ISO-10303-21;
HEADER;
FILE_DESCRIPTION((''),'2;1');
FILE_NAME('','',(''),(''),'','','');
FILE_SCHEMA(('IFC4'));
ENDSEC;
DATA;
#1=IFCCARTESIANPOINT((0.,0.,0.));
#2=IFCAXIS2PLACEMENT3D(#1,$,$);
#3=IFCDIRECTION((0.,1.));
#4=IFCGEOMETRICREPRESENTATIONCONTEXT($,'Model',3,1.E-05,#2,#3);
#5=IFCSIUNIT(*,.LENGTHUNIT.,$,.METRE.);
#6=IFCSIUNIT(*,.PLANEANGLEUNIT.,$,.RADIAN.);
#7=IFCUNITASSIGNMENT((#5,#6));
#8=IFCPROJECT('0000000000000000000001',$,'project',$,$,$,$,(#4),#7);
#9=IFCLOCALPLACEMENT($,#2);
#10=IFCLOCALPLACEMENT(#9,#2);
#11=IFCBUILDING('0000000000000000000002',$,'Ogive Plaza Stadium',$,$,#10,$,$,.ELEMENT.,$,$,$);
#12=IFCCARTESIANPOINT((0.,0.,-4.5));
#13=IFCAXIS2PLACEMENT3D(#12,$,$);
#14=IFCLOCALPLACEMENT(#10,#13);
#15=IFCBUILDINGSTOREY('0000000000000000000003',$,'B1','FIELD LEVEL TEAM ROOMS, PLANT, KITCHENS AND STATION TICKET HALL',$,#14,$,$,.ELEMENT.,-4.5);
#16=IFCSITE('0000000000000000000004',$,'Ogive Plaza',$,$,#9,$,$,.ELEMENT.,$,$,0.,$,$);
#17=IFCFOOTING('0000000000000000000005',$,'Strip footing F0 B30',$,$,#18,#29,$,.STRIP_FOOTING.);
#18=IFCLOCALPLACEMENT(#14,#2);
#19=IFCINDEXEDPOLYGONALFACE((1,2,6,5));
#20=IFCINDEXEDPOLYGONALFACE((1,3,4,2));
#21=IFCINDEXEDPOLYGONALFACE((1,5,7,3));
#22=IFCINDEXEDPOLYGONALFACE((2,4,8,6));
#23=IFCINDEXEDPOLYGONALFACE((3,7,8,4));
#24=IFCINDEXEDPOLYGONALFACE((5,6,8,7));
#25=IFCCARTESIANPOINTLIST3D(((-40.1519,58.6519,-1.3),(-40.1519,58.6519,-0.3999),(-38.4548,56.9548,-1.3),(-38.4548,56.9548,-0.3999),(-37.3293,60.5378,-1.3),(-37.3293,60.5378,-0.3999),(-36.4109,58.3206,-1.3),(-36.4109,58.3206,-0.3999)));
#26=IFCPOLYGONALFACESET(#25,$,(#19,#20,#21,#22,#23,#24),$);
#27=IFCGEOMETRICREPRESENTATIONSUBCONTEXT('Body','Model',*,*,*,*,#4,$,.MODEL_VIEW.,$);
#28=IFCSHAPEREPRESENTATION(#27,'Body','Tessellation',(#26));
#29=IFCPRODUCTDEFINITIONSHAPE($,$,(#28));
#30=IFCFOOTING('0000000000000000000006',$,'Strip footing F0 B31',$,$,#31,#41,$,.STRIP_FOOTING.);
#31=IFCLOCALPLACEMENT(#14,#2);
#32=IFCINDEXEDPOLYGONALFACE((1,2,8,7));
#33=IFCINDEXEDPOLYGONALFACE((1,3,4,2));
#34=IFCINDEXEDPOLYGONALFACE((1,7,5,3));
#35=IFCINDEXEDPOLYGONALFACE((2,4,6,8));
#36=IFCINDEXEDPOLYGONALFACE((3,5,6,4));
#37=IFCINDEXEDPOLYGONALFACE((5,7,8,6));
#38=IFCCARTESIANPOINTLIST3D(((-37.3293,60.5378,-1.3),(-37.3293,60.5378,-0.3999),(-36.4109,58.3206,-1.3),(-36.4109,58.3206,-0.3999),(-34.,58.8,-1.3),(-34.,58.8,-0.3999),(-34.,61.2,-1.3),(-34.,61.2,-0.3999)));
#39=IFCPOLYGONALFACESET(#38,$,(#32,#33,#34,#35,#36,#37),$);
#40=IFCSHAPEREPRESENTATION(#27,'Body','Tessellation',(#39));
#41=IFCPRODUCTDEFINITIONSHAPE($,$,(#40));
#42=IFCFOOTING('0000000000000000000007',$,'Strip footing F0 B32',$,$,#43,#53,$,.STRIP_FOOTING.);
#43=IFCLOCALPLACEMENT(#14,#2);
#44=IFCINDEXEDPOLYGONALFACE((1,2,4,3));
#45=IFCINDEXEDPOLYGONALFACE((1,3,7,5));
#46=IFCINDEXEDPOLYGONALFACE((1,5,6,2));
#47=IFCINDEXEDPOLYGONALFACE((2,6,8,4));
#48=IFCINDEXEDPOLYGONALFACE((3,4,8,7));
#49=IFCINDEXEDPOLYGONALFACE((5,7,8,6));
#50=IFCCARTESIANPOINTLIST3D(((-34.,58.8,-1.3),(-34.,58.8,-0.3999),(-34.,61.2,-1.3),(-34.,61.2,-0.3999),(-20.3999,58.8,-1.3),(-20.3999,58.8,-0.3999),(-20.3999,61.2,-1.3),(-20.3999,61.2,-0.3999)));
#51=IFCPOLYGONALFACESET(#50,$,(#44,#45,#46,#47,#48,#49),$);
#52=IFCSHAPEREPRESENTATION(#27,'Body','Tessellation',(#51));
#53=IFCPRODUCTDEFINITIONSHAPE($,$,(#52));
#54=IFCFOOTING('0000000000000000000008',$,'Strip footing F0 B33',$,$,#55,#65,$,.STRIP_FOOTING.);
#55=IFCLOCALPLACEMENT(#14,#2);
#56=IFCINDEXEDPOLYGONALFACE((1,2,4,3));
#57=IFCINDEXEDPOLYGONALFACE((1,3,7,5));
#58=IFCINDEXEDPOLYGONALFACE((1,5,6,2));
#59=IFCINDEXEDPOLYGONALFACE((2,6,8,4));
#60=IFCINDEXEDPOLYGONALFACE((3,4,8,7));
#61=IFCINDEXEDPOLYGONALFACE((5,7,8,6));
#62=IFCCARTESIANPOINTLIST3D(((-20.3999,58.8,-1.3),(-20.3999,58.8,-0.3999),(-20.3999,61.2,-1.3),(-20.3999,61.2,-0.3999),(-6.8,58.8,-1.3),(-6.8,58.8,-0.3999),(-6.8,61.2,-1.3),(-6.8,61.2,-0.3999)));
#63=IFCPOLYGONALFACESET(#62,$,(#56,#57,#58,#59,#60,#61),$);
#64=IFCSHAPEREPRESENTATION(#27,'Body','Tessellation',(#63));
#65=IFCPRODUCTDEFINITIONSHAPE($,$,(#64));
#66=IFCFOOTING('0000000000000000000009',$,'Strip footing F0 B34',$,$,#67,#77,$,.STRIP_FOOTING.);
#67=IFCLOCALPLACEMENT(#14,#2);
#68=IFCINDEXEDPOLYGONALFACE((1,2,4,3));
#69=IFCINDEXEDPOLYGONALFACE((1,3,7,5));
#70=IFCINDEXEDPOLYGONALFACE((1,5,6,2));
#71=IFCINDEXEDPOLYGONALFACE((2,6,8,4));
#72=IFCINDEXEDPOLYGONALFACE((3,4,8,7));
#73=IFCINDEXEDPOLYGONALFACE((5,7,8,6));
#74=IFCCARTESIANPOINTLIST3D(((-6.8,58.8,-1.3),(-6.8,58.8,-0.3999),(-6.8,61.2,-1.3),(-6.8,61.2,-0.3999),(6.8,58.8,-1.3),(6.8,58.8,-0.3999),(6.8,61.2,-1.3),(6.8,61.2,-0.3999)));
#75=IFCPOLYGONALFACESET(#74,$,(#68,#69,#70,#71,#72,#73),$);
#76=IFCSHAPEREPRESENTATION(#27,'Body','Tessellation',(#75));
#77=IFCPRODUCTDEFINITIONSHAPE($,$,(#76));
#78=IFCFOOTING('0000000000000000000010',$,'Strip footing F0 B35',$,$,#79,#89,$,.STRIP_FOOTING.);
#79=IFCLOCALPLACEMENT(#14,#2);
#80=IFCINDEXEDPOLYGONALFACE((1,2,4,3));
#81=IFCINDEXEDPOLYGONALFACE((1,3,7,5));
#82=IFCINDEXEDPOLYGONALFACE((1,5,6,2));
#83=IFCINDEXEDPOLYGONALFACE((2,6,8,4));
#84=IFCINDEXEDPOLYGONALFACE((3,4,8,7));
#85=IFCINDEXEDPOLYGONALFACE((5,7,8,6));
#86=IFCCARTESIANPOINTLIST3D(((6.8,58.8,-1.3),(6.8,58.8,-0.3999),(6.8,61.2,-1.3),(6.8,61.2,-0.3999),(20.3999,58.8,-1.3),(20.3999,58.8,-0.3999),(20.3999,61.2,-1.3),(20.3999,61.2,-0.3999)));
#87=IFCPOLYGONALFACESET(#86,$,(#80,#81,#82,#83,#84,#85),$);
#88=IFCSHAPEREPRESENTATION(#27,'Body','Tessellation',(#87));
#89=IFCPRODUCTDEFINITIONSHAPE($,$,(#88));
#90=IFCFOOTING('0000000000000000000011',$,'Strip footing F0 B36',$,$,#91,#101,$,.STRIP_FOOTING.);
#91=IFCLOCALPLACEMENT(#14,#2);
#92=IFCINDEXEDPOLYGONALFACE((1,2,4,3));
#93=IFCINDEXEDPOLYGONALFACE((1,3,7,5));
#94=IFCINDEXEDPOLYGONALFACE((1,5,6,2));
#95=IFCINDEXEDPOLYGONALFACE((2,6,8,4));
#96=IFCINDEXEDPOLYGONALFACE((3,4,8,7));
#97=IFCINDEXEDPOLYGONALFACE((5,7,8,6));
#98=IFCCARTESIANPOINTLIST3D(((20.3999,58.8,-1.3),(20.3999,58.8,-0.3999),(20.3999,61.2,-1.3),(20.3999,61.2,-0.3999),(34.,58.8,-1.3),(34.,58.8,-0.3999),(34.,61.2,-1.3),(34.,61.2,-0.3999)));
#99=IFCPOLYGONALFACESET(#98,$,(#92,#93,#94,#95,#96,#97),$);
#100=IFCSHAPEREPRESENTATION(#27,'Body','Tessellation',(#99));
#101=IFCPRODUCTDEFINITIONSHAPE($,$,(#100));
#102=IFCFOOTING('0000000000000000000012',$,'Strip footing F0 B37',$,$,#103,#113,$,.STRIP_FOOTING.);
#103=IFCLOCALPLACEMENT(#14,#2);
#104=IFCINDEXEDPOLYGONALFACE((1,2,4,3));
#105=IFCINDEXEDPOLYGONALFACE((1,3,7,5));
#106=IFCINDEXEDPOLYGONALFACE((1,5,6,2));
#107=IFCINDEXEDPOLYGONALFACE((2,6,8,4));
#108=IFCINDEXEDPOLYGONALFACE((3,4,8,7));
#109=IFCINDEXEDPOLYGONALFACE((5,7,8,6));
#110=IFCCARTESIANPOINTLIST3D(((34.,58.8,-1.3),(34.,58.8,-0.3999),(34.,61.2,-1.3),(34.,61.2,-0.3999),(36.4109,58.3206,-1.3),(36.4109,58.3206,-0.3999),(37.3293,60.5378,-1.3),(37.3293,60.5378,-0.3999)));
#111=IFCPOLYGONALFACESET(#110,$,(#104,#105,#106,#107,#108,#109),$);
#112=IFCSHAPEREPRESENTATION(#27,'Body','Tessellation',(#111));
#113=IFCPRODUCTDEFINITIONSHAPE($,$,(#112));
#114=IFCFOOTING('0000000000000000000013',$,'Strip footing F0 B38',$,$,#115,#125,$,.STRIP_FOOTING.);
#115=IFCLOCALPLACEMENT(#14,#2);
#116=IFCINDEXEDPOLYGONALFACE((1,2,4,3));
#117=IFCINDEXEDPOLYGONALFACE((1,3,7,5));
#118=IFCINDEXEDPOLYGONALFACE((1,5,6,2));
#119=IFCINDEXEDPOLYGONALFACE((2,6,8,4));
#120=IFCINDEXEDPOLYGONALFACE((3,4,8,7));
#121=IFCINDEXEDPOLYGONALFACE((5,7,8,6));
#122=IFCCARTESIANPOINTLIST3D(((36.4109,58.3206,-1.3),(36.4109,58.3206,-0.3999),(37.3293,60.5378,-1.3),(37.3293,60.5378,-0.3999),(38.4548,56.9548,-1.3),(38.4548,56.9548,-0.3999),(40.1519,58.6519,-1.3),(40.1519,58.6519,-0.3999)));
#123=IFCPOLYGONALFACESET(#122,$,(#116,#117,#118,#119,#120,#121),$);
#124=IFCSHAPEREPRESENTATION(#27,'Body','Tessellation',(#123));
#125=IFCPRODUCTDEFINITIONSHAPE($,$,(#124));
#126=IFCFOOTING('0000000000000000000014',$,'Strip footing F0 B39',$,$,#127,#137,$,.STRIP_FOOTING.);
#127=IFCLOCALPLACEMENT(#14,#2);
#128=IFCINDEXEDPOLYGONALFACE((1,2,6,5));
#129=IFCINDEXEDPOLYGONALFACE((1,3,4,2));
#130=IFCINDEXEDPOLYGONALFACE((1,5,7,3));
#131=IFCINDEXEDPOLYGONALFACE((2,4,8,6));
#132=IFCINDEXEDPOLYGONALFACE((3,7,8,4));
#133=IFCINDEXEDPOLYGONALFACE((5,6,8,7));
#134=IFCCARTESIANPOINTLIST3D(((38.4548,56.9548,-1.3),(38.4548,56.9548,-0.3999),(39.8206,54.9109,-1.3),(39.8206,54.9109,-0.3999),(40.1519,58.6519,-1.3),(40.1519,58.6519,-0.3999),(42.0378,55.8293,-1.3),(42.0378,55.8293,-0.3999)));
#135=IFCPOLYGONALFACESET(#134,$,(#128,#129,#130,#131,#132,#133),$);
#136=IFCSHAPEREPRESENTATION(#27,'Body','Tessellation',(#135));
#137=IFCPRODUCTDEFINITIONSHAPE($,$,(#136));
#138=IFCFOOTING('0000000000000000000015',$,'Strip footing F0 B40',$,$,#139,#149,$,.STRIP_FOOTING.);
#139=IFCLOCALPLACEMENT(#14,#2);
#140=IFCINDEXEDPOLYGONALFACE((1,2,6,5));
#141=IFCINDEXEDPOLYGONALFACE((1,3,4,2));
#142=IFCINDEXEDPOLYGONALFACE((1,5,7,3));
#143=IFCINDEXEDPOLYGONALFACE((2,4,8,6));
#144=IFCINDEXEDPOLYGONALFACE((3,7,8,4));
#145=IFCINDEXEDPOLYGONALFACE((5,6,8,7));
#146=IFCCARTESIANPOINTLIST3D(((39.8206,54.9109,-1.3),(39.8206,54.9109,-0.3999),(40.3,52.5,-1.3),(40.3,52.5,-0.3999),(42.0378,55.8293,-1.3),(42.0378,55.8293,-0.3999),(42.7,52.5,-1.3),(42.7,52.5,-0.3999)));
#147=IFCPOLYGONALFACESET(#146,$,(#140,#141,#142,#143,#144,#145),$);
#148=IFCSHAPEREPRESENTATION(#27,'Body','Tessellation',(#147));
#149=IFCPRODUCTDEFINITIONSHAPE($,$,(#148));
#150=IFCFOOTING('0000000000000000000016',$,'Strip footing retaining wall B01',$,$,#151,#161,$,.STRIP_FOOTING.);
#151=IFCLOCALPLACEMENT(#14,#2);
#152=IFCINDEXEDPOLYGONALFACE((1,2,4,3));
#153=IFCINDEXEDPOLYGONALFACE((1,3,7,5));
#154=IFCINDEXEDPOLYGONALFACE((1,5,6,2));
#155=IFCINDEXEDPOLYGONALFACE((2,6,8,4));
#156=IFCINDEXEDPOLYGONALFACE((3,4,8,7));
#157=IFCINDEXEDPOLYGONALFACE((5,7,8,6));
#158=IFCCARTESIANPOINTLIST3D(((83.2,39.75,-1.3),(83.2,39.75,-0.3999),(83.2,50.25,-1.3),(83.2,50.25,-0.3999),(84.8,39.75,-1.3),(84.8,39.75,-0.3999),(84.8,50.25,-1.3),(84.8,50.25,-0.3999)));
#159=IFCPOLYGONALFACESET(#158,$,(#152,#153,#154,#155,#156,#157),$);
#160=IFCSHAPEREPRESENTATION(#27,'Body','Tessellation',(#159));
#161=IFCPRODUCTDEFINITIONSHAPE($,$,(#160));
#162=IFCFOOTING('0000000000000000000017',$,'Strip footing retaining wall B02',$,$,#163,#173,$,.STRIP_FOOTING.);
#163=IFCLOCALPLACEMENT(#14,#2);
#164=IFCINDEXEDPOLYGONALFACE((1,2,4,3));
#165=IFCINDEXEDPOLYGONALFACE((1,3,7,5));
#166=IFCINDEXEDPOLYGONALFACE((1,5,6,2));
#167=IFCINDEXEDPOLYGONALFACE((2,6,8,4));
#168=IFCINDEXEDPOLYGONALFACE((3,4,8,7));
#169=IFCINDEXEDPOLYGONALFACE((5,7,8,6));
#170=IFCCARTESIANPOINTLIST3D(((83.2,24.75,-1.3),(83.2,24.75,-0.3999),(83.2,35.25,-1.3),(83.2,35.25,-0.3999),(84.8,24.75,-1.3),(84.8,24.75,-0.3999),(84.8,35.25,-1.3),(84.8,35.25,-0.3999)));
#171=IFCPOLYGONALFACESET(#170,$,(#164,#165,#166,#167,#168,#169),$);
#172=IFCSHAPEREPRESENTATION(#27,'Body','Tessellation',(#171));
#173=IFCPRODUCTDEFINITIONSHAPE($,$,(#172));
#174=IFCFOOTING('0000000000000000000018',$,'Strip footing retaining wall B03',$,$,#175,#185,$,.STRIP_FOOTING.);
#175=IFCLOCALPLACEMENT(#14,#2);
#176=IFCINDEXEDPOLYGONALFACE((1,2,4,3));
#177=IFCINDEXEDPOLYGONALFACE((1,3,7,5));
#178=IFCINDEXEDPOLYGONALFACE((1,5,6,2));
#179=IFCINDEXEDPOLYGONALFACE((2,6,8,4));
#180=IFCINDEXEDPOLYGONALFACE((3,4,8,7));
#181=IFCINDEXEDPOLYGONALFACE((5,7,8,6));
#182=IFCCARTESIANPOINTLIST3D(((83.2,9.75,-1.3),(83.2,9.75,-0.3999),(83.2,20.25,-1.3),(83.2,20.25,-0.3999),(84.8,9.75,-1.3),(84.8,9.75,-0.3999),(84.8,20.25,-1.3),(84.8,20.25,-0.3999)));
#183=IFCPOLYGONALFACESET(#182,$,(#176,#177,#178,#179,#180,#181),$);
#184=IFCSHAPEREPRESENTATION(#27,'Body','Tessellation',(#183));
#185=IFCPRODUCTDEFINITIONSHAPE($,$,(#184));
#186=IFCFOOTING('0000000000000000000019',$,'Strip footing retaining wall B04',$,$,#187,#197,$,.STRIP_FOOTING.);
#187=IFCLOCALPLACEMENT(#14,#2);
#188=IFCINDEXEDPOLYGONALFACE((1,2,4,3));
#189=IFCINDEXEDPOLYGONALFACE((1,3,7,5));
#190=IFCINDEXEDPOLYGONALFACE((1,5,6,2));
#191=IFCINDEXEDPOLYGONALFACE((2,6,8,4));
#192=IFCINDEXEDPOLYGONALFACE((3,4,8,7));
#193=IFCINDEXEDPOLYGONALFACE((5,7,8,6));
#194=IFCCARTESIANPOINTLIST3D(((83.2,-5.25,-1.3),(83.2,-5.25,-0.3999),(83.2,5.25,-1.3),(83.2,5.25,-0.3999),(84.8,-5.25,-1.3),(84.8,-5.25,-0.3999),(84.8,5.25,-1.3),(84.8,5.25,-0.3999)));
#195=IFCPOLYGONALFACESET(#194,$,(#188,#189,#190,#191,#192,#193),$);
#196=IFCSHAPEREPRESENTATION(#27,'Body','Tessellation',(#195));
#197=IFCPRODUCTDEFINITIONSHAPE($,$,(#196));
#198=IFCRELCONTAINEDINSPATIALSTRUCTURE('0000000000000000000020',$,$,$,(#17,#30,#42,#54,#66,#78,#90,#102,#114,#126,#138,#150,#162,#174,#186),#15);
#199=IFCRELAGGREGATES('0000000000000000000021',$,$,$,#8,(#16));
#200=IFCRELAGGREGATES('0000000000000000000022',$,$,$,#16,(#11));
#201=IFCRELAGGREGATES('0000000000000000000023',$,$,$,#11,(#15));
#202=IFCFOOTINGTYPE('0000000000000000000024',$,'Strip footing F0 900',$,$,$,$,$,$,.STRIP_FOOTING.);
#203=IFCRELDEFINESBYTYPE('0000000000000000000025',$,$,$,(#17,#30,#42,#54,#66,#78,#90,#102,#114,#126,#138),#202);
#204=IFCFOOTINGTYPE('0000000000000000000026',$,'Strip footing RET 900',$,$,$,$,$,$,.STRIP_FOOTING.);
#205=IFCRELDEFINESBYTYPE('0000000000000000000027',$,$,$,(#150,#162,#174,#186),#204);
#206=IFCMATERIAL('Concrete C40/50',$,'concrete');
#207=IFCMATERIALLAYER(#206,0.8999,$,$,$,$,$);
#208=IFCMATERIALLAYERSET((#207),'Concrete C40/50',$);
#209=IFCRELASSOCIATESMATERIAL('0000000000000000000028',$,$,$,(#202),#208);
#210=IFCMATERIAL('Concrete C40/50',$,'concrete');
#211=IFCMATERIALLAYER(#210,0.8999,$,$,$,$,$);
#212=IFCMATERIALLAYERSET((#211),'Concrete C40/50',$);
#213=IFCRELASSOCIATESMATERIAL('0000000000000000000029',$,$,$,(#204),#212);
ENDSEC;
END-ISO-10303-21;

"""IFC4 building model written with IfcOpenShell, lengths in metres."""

from ifc_helpers import new_model, si_unit, direction, frame, origin, place, context, subcontext, project, spatial, polyline, outline, extrude, material, layer, layer_set, type_object, element, save


model = new_model("IFC4")

# Units and contexts
model_context = context("Model", 3, precision=1e-05, world=origin(), true_north=direction((0.0, 1.0)))
body_context = subcontext(model_context, "Body", "Model", "MODEL_VIEW")
ifc_project = project(units=[si_unit("LENGTHUNIT", "METRE"), si_unit("PLANEANGLEUNIT", "RADIAN")], contexts=[model_context])

# Site, building, storey
site_placement = place(None, origin())
site = spatial("IfcSite", under=ifc_project, at=site_placement, Name="Ogive Plaza", CompositionType="ELEMENT", RefElevation=0.0)
building_placement = place(site_placement, origin())
building = spatial("IfcBuilding", under=site, at=building_placement, Name="Ogive Plaza Stadium", CompositionType="ELEMENT")
storey_placement = place(building_placement, frame((0.0, 0.0, -4.5)))
storey = spatial("IfcBuildingStorey", under=building, at=storey_placement, Name="B1", Description="FIELD LEVEL TEAM ROOMS, PLANT, KITCHENS AND STATION TICKET HALL", CompositionType="ELEMENT", Elevation=-4.5)

# Footings
ifc_material_1 = material(Name="Concrete C40/50", Category="concrete")
ifc_layer_1 = layer(ifc_material_1, 0.8999)
ifc_layer_set_1 = layer_set([ifc_layer_1], Name="Concrete C40/50")
footing_type_1 = type_object("IfcFootingType", Name="Strip footing F0 900", PredefinedType="STRIP_FOOTING", material=ifc_layer_set_1)
footing_1_placement = place(storey_placement, frame((0.0, 0.0, -1.3)))
element("IfcFooting", 1, at=footing_1_placement, inside=storey, type_object=footing_type_1, Name="Strip footing F0 B30", PredefinedType="STRIP_FOOTING", context=body_context, shape_type="SweptSolid", body=[
    extrude(outline(polyline([(-36.4109, 58.3206), (-37.3293, 60.5378), (-40.1519, 58.6519), (-38.4548, 56.9548), (-36.4109, 58.3206)])), origin(), (0.0, 0.0, 1.0), 0.9001),
])
footing_2_placement = place(storey_placement, frame((0.0, 0.0, -1.3)))
element("IfcFooting", 2, at=footing_2_placement, inside=storey, type_object=footing_type_1, Name="Strip footing F0 B31", PredefinedType="STRIP_FOOTING", context=body_context, shape_type="SweptSolid", body=[
    extrude(outline(polyline([(-34.0, 58.8), (-34.0, 61.2), (-37.3293, 60.5378), (-36.4109, 58.3206), (-34.0, 58.8)])), origin(), (0.0, 0.0, 1.0), 0.9001),
])
footing_3_placement = place(storey_placement, frame((0.0, 0.0, -1.3)))
element("IfcFooting", 3, at=footing_3_placement, inside=storey, type_object=footing_type_1, Name="Strip footing F0 B32", PredefinedType="STRIP_FOOTING", context=body_context, shape_type="SweptSolid", body=[
    extrude(outline(polyline([(-20.3999, 58.8), (-20.3999, 61.2), (-34.0, 61.2), (-34.0, 58.8), (-20.3999, 58.8)])), origin(), (0.0, 0.0, 1.0), 0.9001),
])
footing_4_placement = place(storey_placement, frame((0.0, 0.0, -1.3)))
element("IfcFooting", 4, at=footing_4_placement, inside=storey, type_object=footing_type_1, Name="Strip footing F0 B33", PredefinedType="STRIP_FOOTING", context=body_context, shape_type="SweptSolid", body=[
    extrude(outline(polyline([(-6.8, 58.8), (-6.8, 61.2), (-20.3999, 61.2), (-20.3999, 58.8), (-6.8, 58.8)])), origin(), (0.0, 0.0, 1.0), 0.9001),
])
footing_5_placement = place(storey_placement, frame((0.0, 0.0, -1.3)))
element("IfcFooting", 5, at=footing_5_placement, inside=storey, type_object=footing_type_1, Name="Strip footing F0 B34", PredefinedType="STRIP_FOOTING", context=body_context, shape_type="SweptSolid", body=[
    extrude(outline(polyline([(6.8, 58.8), (6.8, 61.2), (-6.8, 61.2), (-6.8, 58.8), (6.8, 58.8)])), origin(), (0.0, 0.0, 1.0), 0.9001),
])
footing_6_placement = place(storey_placement, frame((0.0, 0.0, -1.3)))
element("IfcFooting", 6, at=footing_6_placement, inside=storey, type_object=footing_type_1, Name="Strip footing F0 B35", PredefinedType="STRIP_FOOTING", context=body_context, shape_type="SweptSolid", body=[
    extrude(outline(polyline([(20.3999, 58.8), (20.3999, 61.2), (6.8, 61.2), (6.8, 58.8), (20.3999, 58.8)])), origin(), (0.0, 0.0, 1.0), 0.9001),
])
footing_7_placement = place(storey_placement, frame((0.0, 0.0, -1.3)))
element("IfcFooting", 7, at=footing_7_placement, inside=storey, type_object=footing_type_1, Name="Strip footing F0 B36", PredefinedType="STRIP_FOOTING", context=body_context, shape_type="SweptSolid", body=[
    extrude(outline(polyline([(34.0, 58.8), (34.0, 61.2), (20.3999, 61.2), (20.3999, 58.8), (34.0, 58.8)])), origin(), (0.0, 0.0, 1.0), 0.9001),
])
footing_8_placement = place(storey_placement, frame((0.0, 0.0, -1.3)))
element("IfcFooting", 8, at=footing_8_placement, inside=storey, type_object=footing_type_1, Name="Strip footing F0 B37", PredefinedType="STRIP_FOOTING", context=body_context, shape_type="SweptSolid", body=[
    extrude(outline(polyline([(36.4109, 58.3206), (37.3293, 60.5378), (34.0, 61.2), (34.0, 58.8), (36.4109, 58.3206)])), origin(), (0.0, 0.0, 1.0), 0.9001),
])
footing_9_placement = place(storey_placement, frame((0.0, 0.0, -1.3)))
element("IfcFooting", 9, at=footing_9_placement, inside=storey, type_object=footing_type_1, Name="Strip footing F0 B38", PredefinedType="STRIP_FOOTING", context=body_context, shape_type="SweptSolid", body=[
    extrude(outline(polyline([(38.4548, 56.9548), (40.1519, 58.6519), (37.3293, 60.5378), (36.4109, 58.3206), (38.4548, 56.9548)])), origin(), (0.0, 0.0, 1.0), 0.9001),
])
footing_10_placement = place(storey_placement, frame((0.0, 0.0, -1.3)))
element("IfcFooting", 10, at=footing_10_placement, inside=storey, type_object=footing_type_1, Name="Strip footing F0 B39", PredefinedType="STRIP_FOOTING", context=body_context, shape_type="SweptSolid", body=[
    extrude(outline(polyline([(39.8206, 54.9109), (42.0378, 55.8293), (40.1519, 58.6519), (38.4548, 56.9548), (39.8206, 54.9109)])), origin(), (0.0, 0.0, 1.0), 0.9001),
])
footing_11_placement = place(storey_placement, frame((0.0, 0.0, -1.3)))
element("IfcFooting", 11, at=footing_11_placement, inside=storey, type_object=footing_type_1, Name="Strip footing F0 B40", PredefinedType="STRIP_FOOTING", context=body_context, shape_type="SweptSolid", body=[
    extrude(outline(polyline([(40.3, 52.5), (42.7, 52.5), (42.0378, 55.8293), (39.8206, 54.9109), (40.3, 52.5)])), origin(), (0.0, 0.0, 1.0), 0.9001),
])
ifc_material_2 = material(Name="Concrete C40/50", Category="concrete")
ifc_layer_2 = layer(ifc_material_2, 0.8999)
ifc_layer_set_2 = layer_set([ifc_layer_2], Name="Concrete C40/50")
footing_type_2 = type_object("IfcFootingType", Name="Strip footing RET 900", PredefinedType="STRIP_FOOTING", material=ifc_layer_set_2)
footing_12_placement = place(storey_placement, frame((0.0, 0.0, -1.3)))
element("IfcFooting", 12, at=footing_12_placement, inside=storey, type_object=footing_type_2, Name="Strip footing retaining wall B01", PredefinedType="STRIP_FOOTING", context=body_context, shape_type="SweptSolid", body=[
    extrude(outline(polyline([(83.2, 39.75), (84.8, 39.75), (84.8, 50.25), (83.2, 50.25), (83.2, 39.75)])), origin(), (0.0, 0.0, 1.0), 0.9001),
])
footing_13_placement = place(storey_placement, frame((0.0, 0.0, -1.3)))
element("IfcFooting", 13, at=footing_13_placement, inside=storey, type_object=footing_type_2, Name="Strip footing retaining wall B02", PredefinedType="STRIP_FOOTING", context=body_context, shape_type="SweptSolid", body=[
    extrude(outline(polyline([(83.2, 24.75), (84.8, 24.75), (84.8, 35.25), (83.2, 35.25), (83.2, 24.75)])), origin(), (0.0, 0.0, 1.0), 0.9001),
])
footing_14_placement = place(storey_placement, frame((0.0, 0.0, -1.3)))
element("IfcFooting", 14, at=footing_14_placement, inside=storey, type_object=footing_type_2, Name="Strip footing retaining wall B03", PredefinedType="STRIP_FOOTING", context=body_context, shape_type="SweptSolid", body=[
    extrude(outline(polyline([(83.2, 9.75), (84.8, 9.75), (84.8, 20.25), (83.2, 20.25), (83.2, 9.75)])), origin(), (0.0, 0.0, 1.0), 0.9001),
])
footing_15_placement = place(storey_placement, frame((0.0, 0.0, -1.3)))
element("IfcFooting", 15, at=footing_15_placement, inside=storey, type_object=footing_type_2, Name="Strip footing retaining wall B04", PredefinedType="STRIP_FOOTING", context=body_context, shape_type="SweptSolid", body=[
    extrude(outline(polyline([(83.2, -5.25), (84.8, -5.25), (84.8, 5.25), (83.2, 5.25), (83.2, -5.25)])), origin(), (0.0, 0.0, 1.0), 0.9001),
])

save(model, "model.ifc")
